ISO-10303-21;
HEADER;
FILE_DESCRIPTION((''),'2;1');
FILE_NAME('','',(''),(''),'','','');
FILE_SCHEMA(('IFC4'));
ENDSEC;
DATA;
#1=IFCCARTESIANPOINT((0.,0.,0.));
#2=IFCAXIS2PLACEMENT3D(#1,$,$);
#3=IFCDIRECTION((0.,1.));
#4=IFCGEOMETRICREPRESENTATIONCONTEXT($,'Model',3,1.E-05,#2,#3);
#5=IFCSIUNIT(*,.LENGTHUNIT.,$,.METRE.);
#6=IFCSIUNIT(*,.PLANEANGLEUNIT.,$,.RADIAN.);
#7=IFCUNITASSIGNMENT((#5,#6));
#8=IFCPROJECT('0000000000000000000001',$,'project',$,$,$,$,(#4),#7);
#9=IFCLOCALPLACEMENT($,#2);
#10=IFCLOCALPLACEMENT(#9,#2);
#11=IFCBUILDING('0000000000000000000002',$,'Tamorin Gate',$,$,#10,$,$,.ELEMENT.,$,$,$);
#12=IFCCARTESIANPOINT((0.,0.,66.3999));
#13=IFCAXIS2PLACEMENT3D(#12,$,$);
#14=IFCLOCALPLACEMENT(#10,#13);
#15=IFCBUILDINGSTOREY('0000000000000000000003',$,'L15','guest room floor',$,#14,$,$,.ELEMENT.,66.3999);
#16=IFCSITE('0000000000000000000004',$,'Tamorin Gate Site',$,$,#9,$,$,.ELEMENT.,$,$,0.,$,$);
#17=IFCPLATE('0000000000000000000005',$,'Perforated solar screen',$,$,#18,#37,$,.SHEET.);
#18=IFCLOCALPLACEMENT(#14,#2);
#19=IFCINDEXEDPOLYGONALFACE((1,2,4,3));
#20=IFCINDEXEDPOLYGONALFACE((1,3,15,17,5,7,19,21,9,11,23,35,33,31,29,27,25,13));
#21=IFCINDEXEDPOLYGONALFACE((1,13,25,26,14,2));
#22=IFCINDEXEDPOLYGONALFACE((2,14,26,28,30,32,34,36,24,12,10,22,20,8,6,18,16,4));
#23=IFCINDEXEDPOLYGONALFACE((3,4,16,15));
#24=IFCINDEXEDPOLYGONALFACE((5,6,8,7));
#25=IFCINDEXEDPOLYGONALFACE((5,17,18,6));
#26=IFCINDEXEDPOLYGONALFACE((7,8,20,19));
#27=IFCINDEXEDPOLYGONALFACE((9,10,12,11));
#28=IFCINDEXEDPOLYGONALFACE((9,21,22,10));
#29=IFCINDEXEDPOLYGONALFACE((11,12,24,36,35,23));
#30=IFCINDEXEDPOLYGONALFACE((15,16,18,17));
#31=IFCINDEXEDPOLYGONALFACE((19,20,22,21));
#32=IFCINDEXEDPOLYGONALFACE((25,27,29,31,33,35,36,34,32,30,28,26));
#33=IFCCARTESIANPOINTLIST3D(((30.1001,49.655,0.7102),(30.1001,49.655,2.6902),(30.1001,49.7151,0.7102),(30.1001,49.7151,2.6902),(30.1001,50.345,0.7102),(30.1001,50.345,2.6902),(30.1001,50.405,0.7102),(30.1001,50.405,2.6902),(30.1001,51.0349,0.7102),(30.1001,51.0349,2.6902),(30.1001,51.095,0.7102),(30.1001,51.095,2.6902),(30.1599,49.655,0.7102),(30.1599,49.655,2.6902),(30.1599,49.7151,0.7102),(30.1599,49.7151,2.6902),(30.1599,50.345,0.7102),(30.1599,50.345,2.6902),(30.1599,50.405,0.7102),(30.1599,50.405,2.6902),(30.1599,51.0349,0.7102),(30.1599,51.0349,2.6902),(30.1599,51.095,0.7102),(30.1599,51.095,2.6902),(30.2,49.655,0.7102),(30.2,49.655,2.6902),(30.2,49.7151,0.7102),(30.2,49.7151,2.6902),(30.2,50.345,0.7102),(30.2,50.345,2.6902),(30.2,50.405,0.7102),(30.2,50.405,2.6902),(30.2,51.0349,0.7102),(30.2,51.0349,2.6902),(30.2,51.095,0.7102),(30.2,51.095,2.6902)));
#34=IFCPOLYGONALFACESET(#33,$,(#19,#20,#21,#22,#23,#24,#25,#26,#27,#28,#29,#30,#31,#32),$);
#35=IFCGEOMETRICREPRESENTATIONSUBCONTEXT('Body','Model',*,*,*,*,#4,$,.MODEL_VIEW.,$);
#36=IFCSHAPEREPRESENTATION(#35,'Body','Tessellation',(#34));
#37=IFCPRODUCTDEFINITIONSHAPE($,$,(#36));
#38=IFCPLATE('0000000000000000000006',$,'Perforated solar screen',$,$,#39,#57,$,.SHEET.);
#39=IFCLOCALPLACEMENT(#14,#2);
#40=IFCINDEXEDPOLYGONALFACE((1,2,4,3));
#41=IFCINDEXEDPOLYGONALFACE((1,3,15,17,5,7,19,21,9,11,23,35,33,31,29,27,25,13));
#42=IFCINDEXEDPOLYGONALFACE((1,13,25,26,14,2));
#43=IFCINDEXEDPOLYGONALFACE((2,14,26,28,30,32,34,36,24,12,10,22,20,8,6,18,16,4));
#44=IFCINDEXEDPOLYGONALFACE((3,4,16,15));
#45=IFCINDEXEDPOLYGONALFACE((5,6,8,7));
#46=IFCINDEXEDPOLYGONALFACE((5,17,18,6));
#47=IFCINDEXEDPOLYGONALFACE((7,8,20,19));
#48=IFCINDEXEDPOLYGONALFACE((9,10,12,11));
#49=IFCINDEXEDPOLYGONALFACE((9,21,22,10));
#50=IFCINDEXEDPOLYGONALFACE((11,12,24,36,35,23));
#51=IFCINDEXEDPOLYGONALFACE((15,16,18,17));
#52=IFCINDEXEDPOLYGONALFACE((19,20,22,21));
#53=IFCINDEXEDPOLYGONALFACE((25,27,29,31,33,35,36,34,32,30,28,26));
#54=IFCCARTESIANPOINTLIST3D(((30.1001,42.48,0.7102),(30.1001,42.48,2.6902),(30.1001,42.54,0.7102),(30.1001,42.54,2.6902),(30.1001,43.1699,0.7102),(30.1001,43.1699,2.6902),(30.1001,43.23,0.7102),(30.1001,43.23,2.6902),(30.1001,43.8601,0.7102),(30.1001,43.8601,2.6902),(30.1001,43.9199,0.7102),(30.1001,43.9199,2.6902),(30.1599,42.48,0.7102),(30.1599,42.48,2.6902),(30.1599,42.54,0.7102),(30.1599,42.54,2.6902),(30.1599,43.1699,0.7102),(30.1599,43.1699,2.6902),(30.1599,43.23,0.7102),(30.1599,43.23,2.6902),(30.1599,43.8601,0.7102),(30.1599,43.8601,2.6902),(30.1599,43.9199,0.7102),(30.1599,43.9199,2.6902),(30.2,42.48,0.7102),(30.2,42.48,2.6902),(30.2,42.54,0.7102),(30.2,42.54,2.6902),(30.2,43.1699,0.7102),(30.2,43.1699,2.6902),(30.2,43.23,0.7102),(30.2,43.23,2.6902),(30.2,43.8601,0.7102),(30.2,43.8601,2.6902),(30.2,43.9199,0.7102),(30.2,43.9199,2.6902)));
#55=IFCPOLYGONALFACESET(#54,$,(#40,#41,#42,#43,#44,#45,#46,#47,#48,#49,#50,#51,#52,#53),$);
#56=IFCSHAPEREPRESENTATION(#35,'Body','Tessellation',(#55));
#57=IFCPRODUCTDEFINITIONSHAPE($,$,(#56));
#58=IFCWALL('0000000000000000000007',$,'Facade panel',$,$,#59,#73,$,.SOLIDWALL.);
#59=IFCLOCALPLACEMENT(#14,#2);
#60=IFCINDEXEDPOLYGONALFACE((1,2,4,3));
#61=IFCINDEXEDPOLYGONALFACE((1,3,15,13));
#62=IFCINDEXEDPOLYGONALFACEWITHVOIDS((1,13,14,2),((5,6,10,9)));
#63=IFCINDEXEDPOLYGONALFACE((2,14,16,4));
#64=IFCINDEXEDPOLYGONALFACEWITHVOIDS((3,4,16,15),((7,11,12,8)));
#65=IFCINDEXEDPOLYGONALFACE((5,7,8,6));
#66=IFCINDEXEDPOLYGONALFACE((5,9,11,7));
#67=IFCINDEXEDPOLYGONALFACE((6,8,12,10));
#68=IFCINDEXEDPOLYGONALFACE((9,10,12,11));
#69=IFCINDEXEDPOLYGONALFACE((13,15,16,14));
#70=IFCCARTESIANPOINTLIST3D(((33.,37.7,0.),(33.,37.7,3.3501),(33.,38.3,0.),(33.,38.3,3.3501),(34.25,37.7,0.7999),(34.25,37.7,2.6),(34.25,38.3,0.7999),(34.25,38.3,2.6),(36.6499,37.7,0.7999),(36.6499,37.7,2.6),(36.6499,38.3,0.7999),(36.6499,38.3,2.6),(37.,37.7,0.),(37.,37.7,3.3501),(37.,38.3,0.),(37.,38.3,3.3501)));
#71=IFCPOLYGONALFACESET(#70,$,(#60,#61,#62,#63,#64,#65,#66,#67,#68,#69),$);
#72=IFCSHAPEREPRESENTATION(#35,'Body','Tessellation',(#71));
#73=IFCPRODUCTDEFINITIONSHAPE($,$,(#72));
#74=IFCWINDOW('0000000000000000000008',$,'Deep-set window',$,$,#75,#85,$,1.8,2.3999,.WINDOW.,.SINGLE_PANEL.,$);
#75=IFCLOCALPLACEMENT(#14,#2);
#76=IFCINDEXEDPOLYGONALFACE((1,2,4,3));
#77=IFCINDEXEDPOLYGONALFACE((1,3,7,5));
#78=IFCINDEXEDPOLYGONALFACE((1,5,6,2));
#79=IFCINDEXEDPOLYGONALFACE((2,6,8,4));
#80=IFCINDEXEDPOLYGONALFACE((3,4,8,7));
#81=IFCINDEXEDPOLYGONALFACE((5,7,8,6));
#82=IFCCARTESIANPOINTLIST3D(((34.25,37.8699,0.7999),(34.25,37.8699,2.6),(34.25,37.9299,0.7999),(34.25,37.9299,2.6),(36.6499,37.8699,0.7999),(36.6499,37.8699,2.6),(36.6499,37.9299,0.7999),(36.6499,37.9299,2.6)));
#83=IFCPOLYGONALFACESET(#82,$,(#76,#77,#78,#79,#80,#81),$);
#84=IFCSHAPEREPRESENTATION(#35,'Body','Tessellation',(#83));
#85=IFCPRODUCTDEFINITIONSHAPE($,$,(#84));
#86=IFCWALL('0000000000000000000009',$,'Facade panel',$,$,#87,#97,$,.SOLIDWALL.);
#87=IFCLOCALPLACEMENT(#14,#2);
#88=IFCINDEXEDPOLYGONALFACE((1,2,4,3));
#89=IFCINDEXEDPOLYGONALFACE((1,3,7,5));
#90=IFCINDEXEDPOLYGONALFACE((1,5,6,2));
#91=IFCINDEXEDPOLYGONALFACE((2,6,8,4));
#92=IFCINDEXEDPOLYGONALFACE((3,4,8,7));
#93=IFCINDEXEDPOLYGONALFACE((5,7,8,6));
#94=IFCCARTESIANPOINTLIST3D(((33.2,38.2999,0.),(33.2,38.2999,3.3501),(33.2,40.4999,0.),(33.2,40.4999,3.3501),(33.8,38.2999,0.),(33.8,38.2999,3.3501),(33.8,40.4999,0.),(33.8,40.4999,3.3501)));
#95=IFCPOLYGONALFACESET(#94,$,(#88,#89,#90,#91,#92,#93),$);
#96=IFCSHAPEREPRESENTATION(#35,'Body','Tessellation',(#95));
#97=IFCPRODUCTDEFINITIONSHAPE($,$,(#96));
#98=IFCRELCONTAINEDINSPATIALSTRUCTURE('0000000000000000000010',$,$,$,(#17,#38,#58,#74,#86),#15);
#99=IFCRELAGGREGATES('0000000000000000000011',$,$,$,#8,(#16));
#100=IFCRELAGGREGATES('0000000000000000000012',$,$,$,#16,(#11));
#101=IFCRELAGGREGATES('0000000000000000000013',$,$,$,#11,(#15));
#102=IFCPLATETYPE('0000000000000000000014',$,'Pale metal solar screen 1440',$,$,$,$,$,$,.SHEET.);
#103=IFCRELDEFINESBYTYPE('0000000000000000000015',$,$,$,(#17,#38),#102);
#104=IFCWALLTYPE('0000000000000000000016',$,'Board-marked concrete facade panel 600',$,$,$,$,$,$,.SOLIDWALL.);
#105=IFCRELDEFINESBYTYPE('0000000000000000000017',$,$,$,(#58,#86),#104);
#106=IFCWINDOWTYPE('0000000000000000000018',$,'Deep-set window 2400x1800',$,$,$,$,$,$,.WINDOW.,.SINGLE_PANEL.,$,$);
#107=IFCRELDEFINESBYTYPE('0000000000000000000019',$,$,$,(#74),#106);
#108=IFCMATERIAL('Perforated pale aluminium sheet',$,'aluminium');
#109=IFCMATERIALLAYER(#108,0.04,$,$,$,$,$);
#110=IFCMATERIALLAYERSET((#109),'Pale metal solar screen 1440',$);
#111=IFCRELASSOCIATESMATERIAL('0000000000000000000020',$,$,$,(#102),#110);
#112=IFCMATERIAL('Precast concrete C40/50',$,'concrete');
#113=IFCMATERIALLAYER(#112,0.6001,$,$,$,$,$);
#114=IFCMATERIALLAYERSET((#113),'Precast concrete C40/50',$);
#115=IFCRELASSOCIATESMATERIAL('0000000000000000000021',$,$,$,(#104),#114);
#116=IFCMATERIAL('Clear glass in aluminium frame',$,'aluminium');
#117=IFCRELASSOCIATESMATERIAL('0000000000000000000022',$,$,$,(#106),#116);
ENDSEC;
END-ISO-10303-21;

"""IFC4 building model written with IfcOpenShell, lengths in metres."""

from ifc_helpers import new_model, si_unit, direction, frame, frame_2d, origin, place, context, subcontext, project, spatial, polyline, rectangle, outline, extrude, material, layer, layer_set, type_object, element, fill, save


model = new_model("IFC4")

# Units and contexts
model_context = context("Model", 3, precision=1e-05, world=origin(), true_north=direction((0.0, 1.0)))
body_context = subcontext(model_context, "Body", "Model", "MODEL_VIEW")
ifc_project = project(units=[si_unit("LENGTHUNIT", "METRE"), si_unit("PLANEANGLEUNIT", "RADIAN")], contexts=[model_context])

# Site, building, storey
site_placement = place(None, origin())
site = spatial("IfcSite", under=ifc_project, at=site_placement, Name="Tamorin Gate Site", CompositionType="ELEMENT", RefElevation=0.0)
building_placement = place(site_placement, origin())
building = spatial("IfcBuilding", under=site, at=building_placement, Name="Tamorin Gate", CompositionType="ELEMENT")
storey_placement = place(building_placement, frame((0.0, 0.0, 66.3999)))
storey = spatial("IfcBuildingStorey", under=building, at=storey_placement, Name="L15", Description="guest room floor", CompositionType="ELEMENT", Elevation=66.3999)

# Plates
ifc_material_1 = material(Name="Perforated pale aluminium sheet", Category="aluminium")
ifc_layer_1 = layer(ifc_material_1, 0.04)
ifc_layer_set_1 = layer_set([ifc_layer_1], Name="Pale metal solar screen 1440")
plate_type = type_object("IfcPlateType", Name="Pale metal solar screen 1440", PredefinedType="SHEET", material=ifc_layer_set_1)
plate_1_placement = place(storey_placement, frame((0.0, 0.0, 0.7102)))
element("IfcPlate", 1, at=plate_1_placement, inside=storey, type_object=plate_type, Name="Perforated solar screen", PredefinedType="SHEET", context=body_context, shape_type="SweptSolid", body=[
    extrude(outline(polyline([(30.1599, 51.095), (30.2, 51.095), (30.2, 51.0349), (30.2, 50.405), (30.2, 50.345), (30.2, 49.7151), (30.2, 49.655), (30.1599, 49.655), (30.1001, 49.655), (30.1001, 49.7151), (30.1599, 49.7151), (30.1599, 50.345), (30.1001, 50.345), (30.1001, 50.405), (30.1599, 50.405), (30.1599, 51.0349), (30.1001, 51.0349), (30.1001, 51.095), (30.1599, 51.095)])), origin(), (0.0, 0.0, 1.0), 1.98),
])
plate_2_placement = place(storey_placement, frame((0.0, 0.0, 0.7102)))
element("IfcPlate", 2, at=plate_2_placement, inside=storey, type_object=plate_type, Name="Perforated solar screen", PredefinedType="SHEET", context=body_context, shape_type="SweptSolid", body=[
    extrude(outline(polyline([(30.1599, 43.9199), (30.2, 43.9199), (30.2, 43.8601), (30.2, 43.23), (30.2, 43.1699), (30.2, 42.54), (30.2, 42.48), (30.1599, 42.48), (30.1001, 42.48), (30.1001, 42.54), (30.1599, 42.54), (30.1599, 43.1699), (30.1001, 43.1699), (30.1001, 43.23), (30.1599, 43.23), (30.1599, 43.8601), (30.1001, 43.8601), (30.1001, 43.9199), (30.1599, 43.9199)])), origin(), (0.0, 0.0, 1.0), 1.98),
])

# Wall, opening, window
ifc_material_2 = material(Name="Precast concrete C40/50", Category="concrete")
ifc_layer_2 = layer(ifc_material_2, 0.6001)
ifc_layer_set_2 = layer_set([ifc_layer_2], Name="Precast concrete C40/50")
wall_type = type_object("IfcWallType", Name="Board-marked concrete facade panel 600", PredefinedType="SOLIDWALL", material=ifc_layer_set_2)
wall_1_placement = place(storey_placement, frame((33.0, 38.0, 0.0), z_axis=(0.0, 0.0, 1.0), x_axis=(1.0, 0.0, 0.0)))
wall_1 = element("IfcWall", 3, at=wall_1_placement, inside=storey, type_object=wall_type, Name="Facade panel", PredefinedType="SOLIDWALL", context=body_context, shape_type="SweptSolid", body=[
    extrude(rectangle(XDim=4.0, YDim=0.6001, at=frame_2d((2.0, 0.0))), origin(), (0.0, 0.0, 1.0), 3.3501),
])
opening_placement = place(wall_1_placement, frame((1.25, 0.0, 0.8)))
opening = element("IfcOpeningElement", 4, at=opening_placement, cuts=wall_1, PredefinedType="OPENING", context=body_context, shape_type="SweptSolid", body=[
    extrude(rectangle(XDim=2.3999, YDim=1.8, at=frame_2d((1.2, 0.8999))), frame((0.0, 0.3101, 0.0), z_axis=(0.0, -1.0, 0.0), x_axis=(1.0, 0.0, 0.0)), (0.0, 0.0, 1.0), 0.6201),
])
ifc_material_3 = material(Name="Clear glass in aluminium frame", Category="aluminium")
window_type = type_object("IfcWindowType", Name="Deep-set window 2400x1800", PartitioningType="SINGLE_PANEL", PredefinedType="WINDOW", material=ifc_material_3)
window_placement = place(opening_placement, origin())
window = element("IfcWindow", 5, at=window_placement, inside=storey, type_object=window_type, Name="Deep-set window", OverallHeight=1.8, OverallWidth=2.3999, PartitioningType="SINGLE_PANEL", PredefinedType="WINDOW", context=body_context, shape_type="SweptSolid", body=[
    extrude(rectangle(XDim=2.3999, YDim=1.8, at=frame_2d((1.2, 0.8999))), frame((0.0, -0.0701, 0.0), z_axis=(0.0, -1.0, 0.0), x_axis=(1.0, 0.0, 0.0)), (0.0, 0.0, 1.0), 0.0601),
])
fill(opening, window)

# Wall
wall_2_placement = place(storey_placement, frame((33.5, 40.5, 0.0), z_axis=(0.0, 0.0, 1.0), x_axis=(0.0, -1.0, 0.0)))
element("IfcWall", 6, at=wall_2_placement, inside=storey, type_object=wall_type, Name="Facade panel", PredefinedType="SOLIDWALL", context=body_context, shape_type="SweptSolid", body=[
    extrude(rectangle(XDim=2.2, YDim=0.6001, at=frame_2d((1.1001, 0.0))), origin(), (0.0, 0.0, 1.0), 3.3501),
])

save(model, "model.ifc")
